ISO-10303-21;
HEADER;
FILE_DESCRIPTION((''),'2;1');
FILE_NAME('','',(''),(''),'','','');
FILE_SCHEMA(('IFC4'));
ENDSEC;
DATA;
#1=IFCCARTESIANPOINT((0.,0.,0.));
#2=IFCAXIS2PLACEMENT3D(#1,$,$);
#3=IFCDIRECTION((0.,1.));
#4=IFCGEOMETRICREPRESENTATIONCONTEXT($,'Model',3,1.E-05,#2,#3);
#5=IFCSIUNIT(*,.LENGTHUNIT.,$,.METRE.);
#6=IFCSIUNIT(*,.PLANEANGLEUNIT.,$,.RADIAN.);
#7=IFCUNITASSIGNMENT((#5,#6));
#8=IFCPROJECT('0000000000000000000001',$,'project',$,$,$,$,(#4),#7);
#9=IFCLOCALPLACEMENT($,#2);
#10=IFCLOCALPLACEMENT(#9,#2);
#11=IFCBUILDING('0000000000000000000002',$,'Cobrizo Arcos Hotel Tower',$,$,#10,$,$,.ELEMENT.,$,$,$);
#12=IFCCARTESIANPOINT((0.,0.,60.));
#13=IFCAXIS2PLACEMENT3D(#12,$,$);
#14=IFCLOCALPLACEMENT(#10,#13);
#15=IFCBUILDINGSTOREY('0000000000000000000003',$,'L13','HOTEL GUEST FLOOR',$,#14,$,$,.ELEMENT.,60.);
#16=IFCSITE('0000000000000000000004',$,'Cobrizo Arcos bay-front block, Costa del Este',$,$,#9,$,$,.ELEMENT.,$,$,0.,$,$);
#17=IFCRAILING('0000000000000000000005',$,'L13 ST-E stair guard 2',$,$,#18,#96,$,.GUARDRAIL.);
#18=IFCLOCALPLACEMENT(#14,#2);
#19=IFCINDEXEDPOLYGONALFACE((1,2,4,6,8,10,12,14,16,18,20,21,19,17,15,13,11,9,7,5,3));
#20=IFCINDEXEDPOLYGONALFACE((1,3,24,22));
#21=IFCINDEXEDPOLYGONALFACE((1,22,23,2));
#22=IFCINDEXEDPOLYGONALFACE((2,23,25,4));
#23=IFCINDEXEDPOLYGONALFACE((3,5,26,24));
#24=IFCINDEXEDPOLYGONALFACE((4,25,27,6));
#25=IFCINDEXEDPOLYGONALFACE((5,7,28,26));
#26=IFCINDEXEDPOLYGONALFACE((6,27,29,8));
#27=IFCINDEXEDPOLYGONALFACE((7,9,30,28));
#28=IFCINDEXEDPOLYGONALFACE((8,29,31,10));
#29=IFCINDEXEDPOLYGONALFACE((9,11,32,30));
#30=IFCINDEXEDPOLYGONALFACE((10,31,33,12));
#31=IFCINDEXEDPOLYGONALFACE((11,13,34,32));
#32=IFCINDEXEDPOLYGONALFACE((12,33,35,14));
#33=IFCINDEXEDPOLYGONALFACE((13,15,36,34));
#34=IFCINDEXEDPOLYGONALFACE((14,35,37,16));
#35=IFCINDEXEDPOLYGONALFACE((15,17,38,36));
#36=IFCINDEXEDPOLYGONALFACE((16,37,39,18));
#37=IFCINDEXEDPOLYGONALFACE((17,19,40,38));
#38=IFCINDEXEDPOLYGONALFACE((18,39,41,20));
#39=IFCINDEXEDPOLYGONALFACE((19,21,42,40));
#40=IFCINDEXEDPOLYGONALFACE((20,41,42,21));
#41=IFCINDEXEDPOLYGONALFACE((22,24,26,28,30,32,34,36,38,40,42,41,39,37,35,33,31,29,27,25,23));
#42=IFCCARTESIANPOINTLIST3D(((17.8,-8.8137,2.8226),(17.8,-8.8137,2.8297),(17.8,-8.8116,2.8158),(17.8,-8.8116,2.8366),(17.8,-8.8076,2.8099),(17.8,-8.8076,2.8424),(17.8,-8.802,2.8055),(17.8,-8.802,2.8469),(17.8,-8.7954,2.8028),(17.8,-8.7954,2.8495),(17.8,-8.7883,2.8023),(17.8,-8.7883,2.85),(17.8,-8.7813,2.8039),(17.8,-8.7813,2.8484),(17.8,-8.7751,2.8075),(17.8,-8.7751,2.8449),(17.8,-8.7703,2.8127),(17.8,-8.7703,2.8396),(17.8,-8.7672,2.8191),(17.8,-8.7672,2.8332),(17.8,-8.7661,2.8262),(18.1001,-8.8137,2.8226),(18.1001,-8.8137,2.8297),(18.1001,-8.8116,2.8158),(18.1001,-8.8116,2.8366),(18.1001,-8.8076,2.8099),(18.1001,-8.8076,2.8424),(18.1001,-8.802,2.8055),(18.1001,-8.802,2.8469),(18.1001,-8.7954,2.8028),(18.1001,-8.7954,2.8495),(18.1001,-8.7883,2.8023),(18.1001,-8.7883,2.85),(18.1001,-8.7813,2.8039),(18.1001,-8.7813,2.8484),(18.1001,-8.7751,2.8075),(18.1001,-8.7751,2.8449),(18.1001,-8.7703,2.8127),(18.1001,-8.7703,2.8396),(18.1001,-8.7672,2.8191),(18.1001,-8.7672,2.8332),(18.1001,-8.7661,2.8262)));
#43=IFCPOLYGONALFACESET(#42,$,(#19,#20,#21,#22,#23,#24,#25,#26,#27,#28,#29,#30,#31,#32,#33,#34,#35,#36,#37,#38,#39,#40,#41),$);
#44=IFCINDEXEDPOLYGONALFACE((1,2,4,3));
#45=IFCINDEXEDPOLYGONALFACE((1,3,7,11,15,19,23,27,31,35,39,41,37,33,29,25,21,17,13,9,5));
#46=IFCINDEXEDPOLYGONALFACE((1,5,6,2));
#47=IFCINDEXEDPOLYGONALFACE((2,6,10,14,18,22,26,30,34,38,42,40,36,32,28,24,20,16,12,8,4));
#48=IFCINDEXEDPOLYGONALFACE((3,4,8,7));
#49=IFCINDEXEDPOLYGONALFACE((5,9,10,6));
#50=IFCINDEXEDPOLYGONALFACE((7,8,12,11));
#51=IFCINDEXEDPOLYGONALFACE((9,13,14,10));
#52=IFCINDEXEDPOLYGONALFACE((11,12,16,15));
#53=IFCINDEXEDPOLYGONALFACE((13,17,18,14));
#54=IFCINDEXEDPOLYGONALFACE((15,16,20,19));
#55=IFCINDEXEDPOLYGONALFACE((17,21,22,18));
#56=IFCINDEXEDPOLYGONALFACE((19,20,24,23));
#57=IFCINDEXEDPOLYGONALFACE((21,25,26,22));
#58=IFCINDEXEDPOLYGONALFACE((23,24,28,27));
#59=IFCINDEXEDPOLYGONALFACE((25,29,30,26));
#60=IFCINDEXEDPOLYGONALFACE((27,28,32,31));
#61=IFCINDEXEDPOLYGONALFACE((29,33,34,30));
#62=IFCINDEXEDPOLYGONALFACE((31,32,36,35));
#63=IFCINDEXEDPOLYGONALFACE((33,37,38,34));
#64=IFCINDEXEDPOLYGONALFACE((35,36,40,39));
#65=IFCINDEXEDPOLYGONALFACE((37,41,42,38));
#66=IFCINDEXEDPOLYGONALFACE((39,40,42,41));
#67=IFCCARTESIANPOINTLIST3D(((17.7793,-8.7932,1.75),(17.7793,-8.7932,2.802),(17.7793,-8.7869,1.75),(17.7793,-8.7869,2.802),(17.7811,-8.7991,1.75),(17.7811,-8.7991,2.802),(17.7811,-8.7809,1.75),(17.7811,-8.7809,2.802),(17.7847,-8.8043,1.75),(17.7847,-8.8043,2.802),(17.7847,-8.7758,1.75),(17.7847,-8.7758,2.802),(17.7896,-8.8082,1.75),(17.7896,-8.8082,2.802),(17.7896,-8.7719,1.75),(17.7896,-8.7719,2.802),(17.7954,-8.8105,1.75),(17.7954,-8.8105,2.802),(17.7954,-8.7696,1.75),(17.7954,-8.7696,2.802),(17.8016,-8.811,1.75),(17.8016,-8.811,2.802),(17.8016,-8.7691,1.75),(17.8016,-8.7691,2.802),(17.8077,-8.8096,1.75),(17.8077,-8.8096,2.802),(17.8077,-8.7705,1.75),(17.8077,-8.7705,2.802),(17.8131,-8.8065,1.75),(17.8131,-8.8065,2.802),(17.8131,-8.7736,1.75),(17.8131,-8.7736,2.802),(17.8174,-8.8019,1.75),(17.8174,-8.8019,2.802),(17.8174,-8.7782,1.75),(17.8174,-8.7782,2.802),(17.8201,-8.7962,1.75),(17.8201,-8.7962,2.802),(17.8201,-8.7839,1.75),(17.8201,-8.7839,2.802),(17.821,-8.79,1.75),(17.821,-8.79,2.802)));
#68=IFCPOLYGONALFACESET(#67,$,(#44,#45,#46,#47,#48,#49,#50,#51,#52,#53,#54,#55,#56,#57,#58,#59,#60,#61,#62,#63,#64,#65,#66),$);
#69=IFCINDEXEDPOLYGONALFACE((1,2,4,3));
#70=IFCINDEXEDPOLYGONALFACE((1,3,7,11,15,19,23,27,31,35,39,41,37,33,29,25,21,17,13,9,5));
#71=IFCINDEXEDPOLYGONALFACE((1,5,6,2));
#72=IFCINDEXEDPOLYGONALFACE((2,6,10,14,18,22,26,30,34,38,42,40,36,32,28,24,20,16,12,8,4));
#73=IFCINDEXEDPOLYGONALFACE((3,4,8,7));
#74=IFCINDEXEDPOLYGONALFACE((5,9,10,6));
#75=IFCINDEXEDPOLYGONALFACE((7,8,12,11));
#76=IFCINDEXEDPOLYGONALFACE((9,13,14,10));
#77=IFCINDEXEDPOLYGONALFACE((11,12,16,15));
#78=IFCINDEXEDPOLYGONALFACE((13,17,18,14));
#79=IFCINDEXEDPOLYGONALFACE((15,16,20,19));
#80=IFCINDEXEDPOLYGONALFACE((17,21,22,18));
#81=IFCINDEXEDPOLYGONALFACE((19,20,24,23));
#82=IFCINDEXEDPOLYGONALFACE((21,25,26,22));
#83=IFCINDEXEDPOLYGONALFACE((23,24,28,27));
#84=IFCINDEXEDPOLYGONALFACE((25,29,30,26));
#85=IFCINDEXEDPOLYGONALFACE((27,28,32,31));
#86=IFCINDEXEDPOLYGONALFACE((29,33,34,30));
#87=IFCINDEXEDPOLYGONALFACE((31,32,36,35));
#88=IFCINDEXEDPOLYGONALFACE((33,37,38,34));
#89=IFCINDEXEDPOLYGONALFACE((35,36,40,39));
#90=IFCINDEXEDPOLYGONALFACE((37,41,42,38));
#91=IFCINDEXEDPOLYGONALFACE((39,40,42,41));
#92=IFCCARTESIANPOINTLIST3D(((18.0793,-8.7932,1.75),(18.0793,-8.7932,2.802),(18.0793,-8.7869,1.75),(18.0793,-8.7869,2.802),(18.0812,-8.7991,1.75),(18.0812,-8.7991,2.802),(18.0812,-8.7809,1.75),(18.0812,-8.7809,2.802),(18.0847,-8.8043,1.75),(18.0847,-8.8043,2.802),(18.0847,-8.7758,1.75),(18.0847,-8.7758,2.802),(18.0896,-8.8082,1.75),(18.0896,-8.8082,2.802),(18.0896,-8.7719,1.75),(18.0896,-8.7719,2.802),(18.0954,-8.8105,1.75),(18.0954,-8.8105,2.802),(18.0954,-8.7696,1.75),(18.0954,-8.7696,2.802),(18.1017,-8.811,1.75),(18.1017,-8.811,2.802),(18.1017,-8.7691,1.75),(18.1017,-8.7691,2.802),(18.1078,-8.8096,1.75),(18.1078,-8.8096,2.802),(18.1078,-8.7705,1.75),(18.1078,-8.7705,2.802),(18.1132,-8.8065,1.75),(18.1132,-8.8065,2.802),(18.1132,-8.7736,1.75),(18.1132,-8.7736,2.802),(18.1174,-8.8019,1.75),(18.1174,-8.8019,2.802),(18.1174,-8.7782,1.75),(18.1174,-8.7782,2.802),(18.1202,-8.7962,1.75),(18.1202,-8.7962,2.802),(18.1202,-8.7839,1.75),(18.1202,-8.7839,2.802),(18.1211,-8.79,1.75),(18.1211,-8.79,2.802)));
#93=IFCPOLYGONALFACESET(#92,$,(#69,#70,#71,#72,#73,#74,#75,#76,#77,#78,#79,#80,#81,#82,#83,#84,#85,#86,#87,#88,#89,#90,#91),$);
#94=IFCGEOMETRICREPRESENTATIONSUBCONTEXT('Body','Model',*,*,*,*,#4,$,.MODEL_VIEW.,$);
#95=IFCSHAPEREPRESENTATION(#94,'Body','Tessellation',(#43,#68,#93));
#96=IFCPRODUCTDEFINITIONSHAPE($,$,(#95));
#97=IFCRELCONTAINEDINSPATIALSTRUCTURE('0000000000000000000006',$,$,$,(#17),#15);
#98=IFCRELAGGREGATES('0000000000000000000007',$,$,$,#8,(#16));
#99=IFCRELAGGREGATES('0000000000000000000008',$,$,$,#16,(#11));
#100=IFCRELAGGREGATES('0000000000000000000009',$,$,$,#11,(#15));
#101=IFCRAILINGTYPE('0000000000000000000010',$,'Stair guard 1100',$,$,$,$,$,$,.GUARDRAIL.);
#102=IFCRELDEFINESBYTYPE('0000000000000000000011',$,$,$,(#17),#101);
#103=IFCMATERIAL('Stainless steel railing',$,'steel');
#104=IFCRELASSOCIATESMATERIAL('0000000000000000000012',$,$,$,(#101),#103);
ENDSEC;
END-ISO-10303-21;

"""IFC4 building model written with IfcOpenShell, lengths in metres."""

from ifc_helpers import new_model, si_unit, direction, frame, origin, origin_2d, place, context, subcontext, project, spatial, circle, extrude, material, type_object, element, save


model = new_model("IFC4")

# Units and contexts
model_context = context("Model", 3, precision=1e-05, world=origin(), true_north=direction((0.0, 1.0)))
body_context = subcontext(model_context, "Body", "Model", "MODEL_VIEW")
ifc_project = project(units=[si_unit("LENGTHUNIT", "METRE"), si_unit("PLANEANGLEUNIT", "RADIAN")], contexts=[model_context])

# Site, building, storey
site_placement = place(None, origin())
site = spatial("IfcSite", under=ifc_project, at=site_placement, Name="Cobrizo Arcos bay-front block, Costa del Este", CompositionType="ELEMENT", RefElevation=0.0)
building_placement = place(site_placement, origin())
building = spatial("IfcBuilding", under=site, at=building_placement, Name="Cobrizo Arcos Hotel Tower", CompositionType="ELEMENT")
storey_placement = place(building_placement, frame((0.0, 0.0, 60.0)))
storey = spatial("IfcBuildingStorey", under=building, at=storey_placement, Name="L13", Description="HOTEL GUEST FLOOR", CompositionType="ELEMENT", Elevation=60.0)

# Railing
ifc_material_1 = material(Name="Stainless steel railing", Category="steel")
railing_type_1 = type_object("IfcRailingType", Name="Stair guard 1100", PredefinedType="GUARDRAIL", material=ifc_material_1)
railing_1_placement = place(storey_placement, frame((17.8, -8.79, 1.75)))
element("IfcRailing", 1, at=railing_1_placement, inside=storey, type_object=railing_type_1, Name="L13 ST-E stair guard 2", PredefinedType="GUARDRAIL", context=body_context, shape_type="SweptSolid", body=[
    extrude(circle(Radius=0.0239, at=origin_2d()), frame((0.0, 0.0, 1.0762), z_axis=(1.0, 0.0, 0.0), x_axis=(0.0, 1.0, 0.0)), (0.0, 0.0, 1.0), 0.3),
    extrude(circle(Radius=0.021, at=origin_2d()), origin(), (0.0, 0.0, 1.0), 1.052),
    extrude(circle(Radius=0.021, at=origin_2d()), frame((0.3, 0.0, 0.0)), (0.0, 0.0, 1.0), 1.052),
])

save(model, "model.ifc")
